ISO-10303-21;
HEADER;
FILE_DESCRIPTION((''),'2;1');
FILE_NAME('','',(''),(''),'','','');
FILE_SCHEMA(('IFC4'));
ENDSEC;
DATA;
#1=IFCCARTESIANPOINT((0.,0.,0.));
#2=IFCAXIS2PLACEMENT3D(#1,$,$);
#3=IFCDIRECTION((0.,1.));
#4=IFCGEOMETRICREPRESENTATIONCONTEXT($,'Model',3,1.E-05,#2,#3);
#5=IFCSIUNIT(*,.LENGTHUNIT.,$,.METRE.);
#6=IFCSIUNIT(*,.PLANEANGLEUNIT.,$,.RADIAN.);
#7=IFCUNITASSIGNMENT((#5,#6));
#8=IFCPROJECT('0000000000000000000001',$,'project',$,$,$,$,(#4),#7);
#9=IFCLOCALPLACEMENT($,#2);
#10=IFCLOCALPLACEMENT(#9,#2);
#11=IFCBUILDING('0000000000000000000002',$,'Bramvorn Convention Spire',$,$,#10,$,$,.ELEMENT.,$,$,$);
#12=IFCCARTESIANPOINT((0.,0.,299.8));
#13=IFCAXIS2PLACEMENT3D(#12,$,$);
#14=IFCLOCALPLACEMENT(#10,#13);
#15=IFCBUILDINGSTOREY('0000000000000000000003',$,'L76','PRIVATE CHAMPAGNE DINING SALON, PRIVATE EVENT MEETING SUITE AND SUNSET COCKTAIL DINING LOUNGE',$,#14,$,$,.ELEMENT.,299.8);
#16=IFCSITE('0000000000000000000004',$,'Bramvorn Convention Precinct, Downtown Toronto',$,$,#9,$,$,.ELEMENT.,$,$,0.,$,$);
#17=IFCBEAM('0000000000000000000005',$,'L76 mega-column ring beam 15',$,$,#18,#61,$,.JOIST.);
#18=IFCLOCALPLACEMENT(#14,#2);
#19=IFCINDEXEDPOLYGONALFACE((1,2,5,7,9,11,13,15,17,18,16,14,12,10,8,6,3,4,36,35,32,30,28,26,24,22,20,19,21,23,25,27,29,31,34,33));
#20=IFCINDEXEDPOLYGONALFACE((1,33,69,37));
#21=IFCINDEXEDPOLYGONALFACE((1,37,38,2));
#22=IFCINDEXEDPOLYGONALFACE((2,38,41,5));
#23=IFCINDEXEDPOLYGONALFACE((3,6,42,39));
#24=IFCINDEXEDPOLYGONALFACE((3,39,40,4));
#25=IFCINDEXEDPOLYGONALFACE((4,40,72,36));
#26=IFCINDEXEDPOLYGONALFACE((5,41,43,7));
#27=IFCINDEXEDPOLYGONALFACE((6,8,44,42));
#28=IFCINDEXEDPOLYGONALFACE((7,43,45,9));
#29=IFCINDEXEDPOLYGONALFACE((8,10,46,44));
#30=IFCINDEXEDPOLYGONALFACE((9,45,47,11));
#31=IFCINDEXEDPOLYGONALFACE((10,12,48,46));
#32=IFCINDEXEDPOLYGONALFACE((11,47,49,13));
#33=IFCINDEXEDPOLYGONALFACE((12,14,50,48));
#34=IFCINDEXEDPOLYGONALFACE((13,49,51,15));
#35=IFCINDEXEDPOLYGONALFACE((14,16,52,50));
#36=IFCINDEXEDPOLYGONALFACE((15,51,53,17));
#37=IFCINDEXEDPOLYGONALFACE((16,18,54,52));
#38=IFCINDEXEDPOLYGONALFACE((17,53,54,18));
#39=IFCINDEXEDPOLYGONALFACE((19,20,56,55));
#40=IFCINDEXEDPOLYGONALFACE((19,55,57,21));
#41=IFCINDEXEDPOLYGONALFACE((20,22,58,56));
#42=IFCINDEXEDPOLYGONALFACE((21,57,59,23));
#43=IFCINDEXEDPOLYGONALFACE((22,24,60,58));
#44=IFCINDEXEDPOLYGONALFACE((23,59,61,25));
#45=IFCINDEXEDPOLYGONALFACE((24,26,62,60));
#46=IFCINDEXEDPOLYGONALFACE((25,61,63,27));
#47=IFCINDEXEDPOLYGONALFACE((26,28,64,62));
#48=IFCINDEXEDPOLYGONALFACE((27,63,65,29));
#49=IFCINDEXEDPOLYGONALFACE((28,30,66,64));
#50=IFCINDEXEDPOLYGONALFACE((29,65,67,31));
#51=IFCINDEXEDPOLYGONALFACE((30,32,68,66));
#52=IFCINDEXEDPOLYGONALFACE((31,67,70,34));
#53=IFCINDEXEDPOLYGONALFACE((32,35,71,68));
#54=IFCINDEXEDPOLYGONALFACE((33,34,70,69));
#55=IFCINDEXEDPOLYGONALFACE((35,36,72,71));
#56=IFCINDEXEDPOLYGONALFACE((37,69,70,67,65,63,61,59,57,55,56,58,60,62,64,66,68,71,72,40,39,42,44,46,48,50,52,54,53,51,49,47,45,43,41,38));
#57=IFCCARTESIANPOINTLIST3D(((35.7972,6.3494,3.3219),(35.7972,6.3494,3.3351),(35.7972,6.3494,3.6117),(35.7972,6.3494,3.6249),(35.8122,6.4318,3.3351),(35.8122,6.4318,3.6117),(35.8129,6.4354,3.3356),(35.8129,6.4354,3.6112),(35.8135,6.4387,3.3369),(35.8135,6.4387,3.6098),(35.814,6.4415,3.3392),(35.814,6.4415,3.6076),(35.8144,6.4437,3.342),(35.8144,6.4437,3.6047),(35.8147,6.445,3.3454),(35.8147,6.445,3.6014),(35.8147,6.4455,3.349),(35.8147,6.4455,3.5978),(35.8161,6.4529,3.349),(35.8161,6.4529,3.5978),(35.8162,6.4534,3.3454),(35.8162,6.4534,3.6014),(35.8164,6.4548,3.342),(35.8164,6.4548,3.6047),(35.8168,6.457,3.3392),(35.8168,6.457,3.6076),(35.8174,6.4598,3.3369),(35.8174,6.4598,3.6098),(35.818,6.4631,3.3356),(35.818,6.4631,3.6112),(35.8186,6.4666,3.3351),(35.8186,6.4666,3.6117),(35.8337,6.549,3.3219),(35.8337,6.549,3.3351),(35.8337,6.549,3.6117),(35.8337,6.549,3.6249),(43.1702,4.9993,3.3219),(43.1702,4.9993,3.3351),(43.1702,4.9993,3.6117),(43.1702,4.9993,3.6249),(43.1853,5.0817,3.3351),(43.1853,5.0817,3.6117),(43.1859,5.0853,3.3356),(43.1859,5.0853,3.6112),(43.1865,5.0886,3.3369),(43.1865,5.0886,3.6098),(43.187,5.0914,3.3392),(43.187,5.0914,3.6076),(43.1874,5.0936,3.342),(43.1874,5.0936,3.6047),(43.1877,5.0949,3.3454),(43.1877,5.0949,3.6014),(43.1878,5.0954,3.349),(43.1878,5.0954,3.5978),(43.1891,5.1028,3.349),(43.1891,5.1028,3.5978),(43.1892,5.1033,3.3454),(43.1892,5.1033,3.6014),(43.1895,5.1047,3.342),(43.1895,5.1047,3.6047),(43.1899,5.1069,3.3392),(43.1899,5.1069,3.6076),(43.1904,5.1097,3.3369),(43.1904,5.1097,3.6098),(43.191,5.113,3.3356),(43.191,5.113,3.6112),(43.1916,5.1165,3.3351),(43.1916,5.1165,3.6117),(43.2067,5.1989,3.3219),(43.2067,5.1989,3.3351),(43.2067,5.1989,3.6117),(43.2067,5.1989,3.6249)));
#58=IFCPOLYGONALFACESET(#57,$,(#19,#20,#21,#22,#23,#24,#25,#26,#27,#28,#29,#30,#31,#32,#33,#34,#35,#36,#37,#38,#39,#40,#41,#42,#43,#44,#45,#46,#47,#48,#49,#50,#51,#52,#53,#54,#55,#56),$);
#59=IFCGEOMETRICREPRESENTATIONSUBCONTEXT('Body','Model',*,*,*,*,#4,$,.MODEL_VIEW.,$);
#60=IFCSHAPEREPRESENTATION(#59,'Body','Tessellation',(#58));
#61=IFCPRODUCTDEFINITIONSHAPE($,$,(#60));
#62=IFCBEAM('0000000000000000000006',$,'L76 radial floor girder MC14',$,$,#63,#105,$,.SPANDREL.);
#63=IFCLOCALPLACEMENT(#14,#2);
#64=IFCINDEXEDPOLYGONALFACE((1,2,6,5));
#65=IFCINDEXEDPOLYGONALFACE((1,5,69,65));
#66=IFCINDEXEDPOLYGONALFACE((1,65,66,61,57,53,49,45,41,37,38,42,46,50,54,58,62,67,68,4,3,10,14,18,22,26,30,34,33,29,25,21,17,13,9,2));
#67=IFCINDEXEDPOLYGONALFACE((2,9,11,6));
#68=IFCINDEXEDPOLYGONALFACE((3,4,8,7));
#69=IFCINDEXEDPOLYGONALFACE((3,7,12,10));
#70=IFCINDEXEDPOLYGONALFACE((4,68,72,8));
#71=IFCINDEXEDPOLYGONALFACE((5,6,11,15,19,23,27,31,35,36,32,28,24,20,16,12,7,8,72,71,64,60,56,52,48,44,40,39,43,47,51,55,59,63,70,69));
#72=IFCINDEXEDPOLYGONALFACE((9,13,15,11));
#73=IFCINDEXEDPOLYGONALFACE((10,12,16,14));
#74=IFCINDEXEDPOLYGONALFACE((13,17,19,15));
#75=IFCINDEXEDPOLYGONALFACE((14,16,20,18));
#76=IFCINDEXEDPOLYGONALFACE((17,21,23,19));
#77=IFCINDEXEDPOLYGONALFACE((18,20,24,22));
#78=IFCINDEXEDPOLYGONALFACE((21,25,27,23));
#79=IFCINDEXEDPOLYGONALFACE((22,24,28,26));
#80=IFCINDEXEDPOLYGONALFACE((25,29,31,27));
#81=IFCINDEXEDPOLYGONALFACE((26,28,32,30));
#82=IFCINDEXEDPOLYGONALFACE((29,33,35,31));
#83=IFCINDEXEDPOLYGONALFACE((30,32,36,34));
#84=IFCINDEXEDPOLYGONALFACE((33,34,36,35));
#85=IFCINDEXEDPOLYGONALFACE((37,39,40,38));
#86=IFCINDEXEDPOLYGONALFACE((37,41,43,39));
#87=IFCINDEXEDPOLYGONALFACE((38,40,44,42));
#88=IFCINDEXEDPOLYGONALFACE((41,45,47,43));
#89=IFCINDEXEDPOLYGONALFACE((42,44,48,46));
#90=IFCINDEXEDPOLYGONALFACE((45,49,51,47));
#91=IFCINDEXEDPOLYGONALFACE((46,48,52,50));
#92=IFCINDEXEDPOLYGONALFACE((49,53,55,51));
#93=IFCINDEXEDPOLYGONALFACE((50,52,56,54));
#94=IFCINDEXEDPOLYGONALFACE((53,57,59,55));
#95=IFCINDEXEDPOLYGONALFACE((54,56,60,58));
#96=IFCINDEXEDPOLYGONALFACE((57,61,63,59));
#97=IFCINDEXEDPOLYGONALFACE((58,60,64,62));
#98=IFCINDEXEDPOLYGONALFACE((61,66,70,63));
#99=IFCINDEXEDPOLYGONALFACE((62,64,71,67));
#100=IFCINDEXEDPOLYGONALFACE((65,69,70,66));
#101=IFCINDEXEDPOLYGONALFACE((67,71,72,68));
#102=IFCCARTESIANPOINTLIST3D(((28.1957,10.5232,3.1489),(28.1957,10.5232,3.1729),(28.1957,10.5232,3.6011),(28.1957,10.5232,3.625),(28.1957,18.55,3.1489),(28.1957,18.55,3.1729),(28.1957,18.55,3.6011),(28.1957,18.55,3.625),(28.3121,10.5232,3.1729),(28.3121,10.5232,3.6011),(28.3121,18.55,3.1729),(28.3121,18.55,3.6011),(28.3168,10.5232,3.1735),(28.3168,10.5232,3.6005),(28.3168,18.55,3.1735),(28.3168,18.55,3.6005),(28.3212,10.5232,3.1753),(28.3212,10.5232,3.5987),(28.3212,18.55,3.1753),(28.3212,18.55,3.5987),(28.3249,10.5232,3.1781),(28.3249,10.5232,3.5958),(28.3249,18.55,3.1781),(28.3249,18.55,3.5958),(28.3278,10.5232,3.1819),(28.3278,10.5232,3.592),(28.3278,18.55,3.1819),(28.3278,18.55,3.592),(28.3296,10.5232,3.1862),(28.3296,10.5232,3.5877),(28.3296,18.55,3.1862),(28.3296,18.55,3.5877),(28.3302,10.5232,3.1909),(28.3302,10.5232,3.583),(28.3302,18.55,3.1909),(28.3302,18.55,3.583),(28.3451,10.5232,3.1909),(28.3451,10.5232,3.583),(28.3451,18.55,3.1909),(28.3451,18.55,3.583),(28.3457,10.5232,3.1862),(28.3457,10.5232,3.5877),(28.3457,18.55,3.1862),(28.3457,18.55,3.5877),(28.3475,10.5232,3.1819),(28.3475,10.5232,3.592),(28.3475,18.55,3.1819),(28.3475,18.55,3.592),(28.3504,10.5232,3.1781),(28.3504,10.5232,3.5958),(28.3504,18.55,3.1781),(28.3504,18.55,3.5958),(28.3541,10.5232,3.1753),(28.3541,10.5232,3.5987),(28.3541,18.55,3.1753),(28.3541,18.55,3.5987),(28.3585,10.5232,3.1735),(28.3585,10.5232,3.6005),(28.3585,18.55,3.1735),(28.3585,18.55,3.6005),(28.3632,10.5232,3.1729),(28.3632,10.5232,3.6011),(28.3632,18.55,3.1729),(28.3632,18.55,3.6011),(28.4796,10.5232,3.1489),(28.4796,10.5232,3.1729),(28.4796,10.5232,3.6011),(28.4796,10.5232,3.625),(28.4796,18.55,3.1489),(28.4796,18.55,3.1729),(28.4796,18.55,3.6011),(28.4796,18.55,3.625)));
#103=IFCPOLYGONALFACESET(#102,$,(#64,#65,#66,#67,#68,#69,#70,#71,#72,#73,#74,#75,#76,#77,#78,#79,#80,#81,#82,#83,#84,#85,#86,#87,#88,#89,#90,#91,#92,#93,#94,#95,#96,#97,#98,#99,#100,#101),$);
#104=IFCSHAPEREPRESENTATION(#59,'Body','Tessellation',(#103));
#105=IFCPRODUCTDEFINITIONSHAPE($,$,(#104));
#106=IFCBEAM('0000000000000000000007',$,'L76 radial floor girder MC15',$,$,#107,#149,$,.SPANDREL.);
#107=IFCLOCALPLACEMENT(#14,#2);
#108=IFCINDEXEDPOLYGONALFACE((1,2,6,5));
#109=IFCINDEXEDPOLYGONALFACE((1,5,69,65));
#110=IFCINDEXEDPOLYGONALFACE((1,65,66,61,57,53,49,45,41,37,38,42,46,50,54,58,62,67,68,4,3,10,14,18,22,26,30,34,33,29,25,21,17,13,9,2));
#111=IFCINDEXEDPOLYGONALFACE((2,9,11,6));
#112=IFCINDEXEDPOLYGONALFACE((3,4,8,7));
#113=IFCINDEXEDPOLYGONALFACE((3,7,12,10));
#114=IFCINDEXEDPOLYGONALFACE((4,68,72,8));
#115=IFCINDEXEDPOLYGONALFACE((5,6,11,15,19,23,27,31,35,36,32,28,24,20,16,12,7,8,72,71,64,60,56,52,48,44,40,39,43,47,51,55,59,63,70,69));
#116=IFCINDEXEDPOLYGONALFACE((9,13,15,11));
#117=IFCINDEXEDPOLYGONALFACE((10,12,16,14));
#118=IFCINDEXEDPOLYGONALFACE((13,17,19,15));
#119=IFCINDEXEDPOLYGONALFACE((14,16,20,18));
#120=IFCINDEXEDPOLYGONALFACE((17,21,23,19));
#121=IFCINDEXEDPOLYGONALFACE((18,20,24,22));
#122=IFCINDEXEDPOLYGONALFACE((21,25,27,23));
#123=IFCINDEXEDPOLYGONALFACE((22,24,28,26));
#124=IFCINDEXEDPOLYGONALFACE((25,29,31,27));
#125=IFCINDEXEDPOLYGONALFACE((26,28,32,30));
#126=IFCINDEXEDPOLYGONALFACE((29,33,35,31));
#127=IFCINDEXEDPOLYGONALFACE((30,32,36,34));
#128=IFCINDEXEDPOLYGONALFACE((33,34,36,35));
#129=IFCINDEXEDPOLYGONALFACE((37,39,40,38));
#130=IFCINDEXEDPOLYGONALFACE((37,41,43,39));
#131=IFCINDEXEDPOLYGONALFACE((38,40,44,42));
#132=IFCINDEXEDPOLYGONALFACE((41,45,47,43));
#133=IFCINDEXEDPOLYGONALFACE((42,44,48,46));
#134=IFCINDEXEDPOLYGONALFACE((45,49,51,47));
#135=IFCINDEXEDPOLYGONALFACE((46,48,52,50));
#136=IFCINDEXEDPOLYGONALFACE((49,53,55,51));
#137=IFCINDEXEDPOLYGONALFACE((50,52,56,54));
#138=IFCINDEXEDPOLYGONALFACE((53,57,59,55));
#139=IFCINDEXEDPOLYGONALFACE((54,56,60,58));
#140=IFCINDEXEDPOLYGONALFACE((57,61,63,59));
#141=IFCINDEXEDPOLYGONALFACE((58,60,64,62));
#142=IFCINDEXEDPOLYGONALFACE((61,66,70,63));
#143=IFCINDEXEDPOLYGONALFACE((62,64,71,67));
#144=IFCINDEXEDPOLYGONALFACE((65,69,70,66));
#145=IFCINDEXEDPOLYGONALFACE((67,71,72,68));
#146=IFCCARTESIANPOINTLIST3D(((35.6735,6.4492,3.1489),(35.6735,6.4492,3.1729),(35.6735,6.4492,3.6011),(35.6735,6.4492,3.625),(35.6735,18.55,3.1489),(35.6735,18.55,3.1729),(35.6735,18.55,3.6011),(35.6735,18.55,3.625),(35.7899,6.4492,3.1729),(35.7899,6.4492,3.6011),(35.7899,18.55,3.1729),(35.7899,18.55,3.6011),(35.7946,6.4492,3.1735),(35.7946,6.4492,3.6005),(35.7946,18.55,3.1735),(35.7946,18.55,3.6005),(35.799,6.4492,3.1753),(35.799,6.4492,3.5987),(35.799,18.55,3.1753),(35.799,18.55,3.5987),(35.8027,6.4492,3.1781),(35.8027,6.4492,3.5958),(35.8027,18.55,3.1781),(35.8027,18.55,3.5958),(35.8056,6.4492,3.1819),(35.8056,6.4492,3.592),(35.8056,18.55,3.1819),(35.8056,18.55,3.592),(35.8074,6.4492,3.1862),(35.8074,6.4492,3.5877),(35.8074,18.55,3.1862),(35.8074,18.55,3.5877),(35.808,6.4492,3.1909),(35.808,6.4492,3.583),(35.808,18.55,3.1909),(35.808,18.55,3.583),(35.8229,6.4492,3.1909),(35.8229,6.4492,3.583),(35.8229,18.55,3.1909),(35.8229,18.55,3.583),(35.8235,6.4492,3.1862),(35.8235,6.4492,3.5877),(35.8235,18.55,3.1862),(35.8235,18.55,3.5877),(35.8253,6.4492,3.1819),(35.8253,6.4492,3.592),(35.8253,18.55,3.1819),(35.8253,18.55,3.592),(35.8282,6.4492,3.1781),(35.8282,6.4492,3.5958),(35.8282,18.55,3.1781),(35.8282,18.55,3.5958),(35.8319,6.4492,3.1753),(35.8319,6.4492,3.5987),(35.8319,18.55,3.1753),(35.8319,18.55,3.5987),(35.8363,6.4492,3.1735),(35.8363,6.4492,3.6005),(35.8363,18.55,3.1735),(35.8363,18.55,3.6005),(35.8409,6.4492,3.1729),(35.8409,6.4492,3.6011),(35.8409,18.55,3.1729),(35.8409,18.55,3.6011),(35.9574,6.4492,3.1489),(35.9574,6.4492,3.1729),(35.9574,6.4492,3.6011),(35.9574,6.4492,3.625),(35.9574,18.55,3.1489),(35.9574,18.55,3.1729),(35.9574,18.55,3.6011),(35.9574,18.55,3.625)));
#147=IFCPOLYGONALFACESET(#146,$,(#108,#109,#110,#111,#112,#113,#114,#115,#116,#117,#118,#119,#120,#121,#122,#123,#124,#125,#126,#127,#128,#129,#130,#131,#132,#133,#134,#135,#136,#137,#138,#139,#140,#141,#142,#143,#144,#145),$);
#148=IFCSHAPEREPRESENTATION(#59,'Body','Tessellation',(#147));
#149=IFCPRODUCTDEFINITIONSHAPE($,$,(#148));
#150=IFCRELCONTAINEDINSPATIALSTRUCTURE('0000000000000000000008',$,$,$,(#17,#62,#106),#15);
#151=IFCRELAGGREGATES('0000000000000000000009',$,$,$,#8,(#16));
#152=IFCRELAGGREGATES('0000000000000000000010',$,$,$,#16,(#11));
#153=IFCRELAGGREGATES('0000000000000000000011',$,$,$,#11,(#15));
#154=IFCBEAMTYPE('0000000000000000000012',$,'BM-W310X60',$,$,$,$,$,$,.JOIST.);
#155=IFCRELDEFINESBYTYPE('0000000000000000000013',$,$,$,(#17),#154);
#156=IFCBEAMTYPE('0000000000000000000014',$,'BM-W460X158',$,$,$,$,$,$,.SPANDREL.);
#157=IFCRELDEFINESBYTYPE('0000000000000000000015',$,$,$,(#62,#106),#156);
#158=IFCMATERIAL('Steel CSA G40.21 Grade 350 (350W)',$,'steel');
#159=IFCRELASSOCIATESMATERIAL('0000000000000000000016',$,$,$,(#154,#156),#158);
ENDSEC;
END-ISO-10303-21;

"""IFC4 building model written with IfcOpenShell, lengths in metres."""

from ifc_helpers import new_model, si_unit, direction, frame, origin, origin_2d, place, context, subcontext, project, spatial, i_section, extrude, material, material_profile, profile_set, type_object, element, save


model = new_model("IFC4")

# Units and contexts
model_context = context("Model", 3, precision=1e-05, world=origin(), true_north=direction((0.0, 1.0)))
body_context = subcontext(model_context, "Body", "Model", "MODEL_VIEW")
ifc_project = project(units=[si_unit("LENGTHUNIT", "METRE"), si_unit("PLANEANGLEUNIT", "RADIAN")], contexts=[model_context])

# Site, building, storey
site_placement = place(None, origin())
site = spatial("IfcSite", under=ifc_project, at=site_placement, Name="Bramvorn Convention Precinct, Downtown Toronto", CompositionType="ELEMENT", RefElevation=0.0)
building_placement = place(site_placement, origin())
building = spatial("IfcBuilding", under=site, at=building_placement, Name="Bramvorn Convention Spire", CompositionType="ELEMENT")
storey_placement = place(building_placement, frame((0.0, 0.0, 299.8)))
storey = spatial("IfcBuildingStorey", under=building, at=storey_placement, Name="L76", Description="PRIVATE CHAMPAGNE DINING SALON, PRIVATE EVENT MEETING SUITE AND SUNSET COCKTAIL DINING LOUNGE", CompositionType="ELEMENT", Elevation=299.8)

# Shared definitions
ifc_material_1 = material(Name="Steel CSA G40.21 Grade 350 (350W)", Category="steel")

# Beams
ifc_material_profile_1 = material_profile(ifc_material_1, i_section(OverallWidth=0.2029, OverallDepth=0.303, WebThickness=0.0076, FlangeThickness=0.0132, FilletRadius=0.0139, at=origin_2d()))
ifc_profile_set_1 = profile_set([ifc_material_profile_1], Name="Steel CSA G40.21 Grade 350 (350W) - W310X60")
beam_type_1 = type_object("IfcBeamType", Name="BM-W310X60", PredefinedType="JOIST", material=ifc_profile_set_1)
beam_1_placement = place(storey_placement, frame((35.8154, 6.4492, 3.4734), z_axis=(0.983645, -0.180118, 0.0), x_axis=(0.180118, 0.983645, 0.0)))
element("IfcBeam", 1, at=beam_1_placement, inside=storey, type_object=beam_type_1, Name="L76 mega-column ring beam 15", PredefinedType="JOIST", context=body_context, shape_type="SweptSolid", body=[
    extrude(i_section(OverallWidth=0.2029, OverallDepth=0.303, WebThickness=0.0076, FlangeThickness=0.0132, FilletRadius=0.0139, at=origin_2d()), origin(), (0.0, 0.0, 1.0), 7.4956),
])
ifc_material_profile_2 = material_profile(ifc_material_1, i_section(OverallWidth=0.2839, OverallDepth=0.4761, WebThickness=0.0149, FlangeThickness=0.0239, FilletRadius=0.0181, at=origin_2d()))
ifc_profile_set_2 = profile_set([ifc_material_profile_2], Name="Steel CSA G40.21 Grade 350 (350W) - W460X158")
beam_type_2 = type_object("IfcBeamType", Name="BM-W460X158", PredefinedType="SPANDREL", material=ifc_profile_set_2)
beam_2_placement = place(storey_placement, frame((28.3376, 18.55, 3.387), z_axis=(0.0, -1.0, 0.0), x_axis=(1.0, 0.0, 0.0)))
element("IfcBeam", 2, at=beam_2_placement, inside=storey, type_object=beam_type_2, Name="L76 radial floor girder MC14", PredefinedType="SPANDREL", context=body_context, shape_type="SweptSolid", body=[
    extrude(i_section(OverallWidth=0.2839, OverallDepth=0.4761, WebThickness=0.0149, FlangeThickness=0.0239, FilletRadius=0.0181, at=origin_2d()), origin(), (0.0, 0.0, 1.0), 8.0269),
])
beam_3_placement = place(storey_placement, frame((35.8154, 18.55, 3.387), z_axis=(0.0, -1.0, 0.0), x_axis=(1.0, 0.0, 0.0)))
element("IfcBeam", 3, at=beam_3_placement, inside=storey, type_object=beam_type_2, Name="L76 radial floor girder MC15", PredefinedType="SPANDREL", context=body_context, shape_type="SweptSolid", body=[
    extrude(i_section(OverallWidth=0.2839, OverallDepth=0.4761, WebThickness=0.0149, FlangeThickness=0.0239, FilletRadius=0.0181, at=origin_2d()), origin(), (0.0, 0.0, 1.0), 12.1008),
])

save(model, "model.ifc")
